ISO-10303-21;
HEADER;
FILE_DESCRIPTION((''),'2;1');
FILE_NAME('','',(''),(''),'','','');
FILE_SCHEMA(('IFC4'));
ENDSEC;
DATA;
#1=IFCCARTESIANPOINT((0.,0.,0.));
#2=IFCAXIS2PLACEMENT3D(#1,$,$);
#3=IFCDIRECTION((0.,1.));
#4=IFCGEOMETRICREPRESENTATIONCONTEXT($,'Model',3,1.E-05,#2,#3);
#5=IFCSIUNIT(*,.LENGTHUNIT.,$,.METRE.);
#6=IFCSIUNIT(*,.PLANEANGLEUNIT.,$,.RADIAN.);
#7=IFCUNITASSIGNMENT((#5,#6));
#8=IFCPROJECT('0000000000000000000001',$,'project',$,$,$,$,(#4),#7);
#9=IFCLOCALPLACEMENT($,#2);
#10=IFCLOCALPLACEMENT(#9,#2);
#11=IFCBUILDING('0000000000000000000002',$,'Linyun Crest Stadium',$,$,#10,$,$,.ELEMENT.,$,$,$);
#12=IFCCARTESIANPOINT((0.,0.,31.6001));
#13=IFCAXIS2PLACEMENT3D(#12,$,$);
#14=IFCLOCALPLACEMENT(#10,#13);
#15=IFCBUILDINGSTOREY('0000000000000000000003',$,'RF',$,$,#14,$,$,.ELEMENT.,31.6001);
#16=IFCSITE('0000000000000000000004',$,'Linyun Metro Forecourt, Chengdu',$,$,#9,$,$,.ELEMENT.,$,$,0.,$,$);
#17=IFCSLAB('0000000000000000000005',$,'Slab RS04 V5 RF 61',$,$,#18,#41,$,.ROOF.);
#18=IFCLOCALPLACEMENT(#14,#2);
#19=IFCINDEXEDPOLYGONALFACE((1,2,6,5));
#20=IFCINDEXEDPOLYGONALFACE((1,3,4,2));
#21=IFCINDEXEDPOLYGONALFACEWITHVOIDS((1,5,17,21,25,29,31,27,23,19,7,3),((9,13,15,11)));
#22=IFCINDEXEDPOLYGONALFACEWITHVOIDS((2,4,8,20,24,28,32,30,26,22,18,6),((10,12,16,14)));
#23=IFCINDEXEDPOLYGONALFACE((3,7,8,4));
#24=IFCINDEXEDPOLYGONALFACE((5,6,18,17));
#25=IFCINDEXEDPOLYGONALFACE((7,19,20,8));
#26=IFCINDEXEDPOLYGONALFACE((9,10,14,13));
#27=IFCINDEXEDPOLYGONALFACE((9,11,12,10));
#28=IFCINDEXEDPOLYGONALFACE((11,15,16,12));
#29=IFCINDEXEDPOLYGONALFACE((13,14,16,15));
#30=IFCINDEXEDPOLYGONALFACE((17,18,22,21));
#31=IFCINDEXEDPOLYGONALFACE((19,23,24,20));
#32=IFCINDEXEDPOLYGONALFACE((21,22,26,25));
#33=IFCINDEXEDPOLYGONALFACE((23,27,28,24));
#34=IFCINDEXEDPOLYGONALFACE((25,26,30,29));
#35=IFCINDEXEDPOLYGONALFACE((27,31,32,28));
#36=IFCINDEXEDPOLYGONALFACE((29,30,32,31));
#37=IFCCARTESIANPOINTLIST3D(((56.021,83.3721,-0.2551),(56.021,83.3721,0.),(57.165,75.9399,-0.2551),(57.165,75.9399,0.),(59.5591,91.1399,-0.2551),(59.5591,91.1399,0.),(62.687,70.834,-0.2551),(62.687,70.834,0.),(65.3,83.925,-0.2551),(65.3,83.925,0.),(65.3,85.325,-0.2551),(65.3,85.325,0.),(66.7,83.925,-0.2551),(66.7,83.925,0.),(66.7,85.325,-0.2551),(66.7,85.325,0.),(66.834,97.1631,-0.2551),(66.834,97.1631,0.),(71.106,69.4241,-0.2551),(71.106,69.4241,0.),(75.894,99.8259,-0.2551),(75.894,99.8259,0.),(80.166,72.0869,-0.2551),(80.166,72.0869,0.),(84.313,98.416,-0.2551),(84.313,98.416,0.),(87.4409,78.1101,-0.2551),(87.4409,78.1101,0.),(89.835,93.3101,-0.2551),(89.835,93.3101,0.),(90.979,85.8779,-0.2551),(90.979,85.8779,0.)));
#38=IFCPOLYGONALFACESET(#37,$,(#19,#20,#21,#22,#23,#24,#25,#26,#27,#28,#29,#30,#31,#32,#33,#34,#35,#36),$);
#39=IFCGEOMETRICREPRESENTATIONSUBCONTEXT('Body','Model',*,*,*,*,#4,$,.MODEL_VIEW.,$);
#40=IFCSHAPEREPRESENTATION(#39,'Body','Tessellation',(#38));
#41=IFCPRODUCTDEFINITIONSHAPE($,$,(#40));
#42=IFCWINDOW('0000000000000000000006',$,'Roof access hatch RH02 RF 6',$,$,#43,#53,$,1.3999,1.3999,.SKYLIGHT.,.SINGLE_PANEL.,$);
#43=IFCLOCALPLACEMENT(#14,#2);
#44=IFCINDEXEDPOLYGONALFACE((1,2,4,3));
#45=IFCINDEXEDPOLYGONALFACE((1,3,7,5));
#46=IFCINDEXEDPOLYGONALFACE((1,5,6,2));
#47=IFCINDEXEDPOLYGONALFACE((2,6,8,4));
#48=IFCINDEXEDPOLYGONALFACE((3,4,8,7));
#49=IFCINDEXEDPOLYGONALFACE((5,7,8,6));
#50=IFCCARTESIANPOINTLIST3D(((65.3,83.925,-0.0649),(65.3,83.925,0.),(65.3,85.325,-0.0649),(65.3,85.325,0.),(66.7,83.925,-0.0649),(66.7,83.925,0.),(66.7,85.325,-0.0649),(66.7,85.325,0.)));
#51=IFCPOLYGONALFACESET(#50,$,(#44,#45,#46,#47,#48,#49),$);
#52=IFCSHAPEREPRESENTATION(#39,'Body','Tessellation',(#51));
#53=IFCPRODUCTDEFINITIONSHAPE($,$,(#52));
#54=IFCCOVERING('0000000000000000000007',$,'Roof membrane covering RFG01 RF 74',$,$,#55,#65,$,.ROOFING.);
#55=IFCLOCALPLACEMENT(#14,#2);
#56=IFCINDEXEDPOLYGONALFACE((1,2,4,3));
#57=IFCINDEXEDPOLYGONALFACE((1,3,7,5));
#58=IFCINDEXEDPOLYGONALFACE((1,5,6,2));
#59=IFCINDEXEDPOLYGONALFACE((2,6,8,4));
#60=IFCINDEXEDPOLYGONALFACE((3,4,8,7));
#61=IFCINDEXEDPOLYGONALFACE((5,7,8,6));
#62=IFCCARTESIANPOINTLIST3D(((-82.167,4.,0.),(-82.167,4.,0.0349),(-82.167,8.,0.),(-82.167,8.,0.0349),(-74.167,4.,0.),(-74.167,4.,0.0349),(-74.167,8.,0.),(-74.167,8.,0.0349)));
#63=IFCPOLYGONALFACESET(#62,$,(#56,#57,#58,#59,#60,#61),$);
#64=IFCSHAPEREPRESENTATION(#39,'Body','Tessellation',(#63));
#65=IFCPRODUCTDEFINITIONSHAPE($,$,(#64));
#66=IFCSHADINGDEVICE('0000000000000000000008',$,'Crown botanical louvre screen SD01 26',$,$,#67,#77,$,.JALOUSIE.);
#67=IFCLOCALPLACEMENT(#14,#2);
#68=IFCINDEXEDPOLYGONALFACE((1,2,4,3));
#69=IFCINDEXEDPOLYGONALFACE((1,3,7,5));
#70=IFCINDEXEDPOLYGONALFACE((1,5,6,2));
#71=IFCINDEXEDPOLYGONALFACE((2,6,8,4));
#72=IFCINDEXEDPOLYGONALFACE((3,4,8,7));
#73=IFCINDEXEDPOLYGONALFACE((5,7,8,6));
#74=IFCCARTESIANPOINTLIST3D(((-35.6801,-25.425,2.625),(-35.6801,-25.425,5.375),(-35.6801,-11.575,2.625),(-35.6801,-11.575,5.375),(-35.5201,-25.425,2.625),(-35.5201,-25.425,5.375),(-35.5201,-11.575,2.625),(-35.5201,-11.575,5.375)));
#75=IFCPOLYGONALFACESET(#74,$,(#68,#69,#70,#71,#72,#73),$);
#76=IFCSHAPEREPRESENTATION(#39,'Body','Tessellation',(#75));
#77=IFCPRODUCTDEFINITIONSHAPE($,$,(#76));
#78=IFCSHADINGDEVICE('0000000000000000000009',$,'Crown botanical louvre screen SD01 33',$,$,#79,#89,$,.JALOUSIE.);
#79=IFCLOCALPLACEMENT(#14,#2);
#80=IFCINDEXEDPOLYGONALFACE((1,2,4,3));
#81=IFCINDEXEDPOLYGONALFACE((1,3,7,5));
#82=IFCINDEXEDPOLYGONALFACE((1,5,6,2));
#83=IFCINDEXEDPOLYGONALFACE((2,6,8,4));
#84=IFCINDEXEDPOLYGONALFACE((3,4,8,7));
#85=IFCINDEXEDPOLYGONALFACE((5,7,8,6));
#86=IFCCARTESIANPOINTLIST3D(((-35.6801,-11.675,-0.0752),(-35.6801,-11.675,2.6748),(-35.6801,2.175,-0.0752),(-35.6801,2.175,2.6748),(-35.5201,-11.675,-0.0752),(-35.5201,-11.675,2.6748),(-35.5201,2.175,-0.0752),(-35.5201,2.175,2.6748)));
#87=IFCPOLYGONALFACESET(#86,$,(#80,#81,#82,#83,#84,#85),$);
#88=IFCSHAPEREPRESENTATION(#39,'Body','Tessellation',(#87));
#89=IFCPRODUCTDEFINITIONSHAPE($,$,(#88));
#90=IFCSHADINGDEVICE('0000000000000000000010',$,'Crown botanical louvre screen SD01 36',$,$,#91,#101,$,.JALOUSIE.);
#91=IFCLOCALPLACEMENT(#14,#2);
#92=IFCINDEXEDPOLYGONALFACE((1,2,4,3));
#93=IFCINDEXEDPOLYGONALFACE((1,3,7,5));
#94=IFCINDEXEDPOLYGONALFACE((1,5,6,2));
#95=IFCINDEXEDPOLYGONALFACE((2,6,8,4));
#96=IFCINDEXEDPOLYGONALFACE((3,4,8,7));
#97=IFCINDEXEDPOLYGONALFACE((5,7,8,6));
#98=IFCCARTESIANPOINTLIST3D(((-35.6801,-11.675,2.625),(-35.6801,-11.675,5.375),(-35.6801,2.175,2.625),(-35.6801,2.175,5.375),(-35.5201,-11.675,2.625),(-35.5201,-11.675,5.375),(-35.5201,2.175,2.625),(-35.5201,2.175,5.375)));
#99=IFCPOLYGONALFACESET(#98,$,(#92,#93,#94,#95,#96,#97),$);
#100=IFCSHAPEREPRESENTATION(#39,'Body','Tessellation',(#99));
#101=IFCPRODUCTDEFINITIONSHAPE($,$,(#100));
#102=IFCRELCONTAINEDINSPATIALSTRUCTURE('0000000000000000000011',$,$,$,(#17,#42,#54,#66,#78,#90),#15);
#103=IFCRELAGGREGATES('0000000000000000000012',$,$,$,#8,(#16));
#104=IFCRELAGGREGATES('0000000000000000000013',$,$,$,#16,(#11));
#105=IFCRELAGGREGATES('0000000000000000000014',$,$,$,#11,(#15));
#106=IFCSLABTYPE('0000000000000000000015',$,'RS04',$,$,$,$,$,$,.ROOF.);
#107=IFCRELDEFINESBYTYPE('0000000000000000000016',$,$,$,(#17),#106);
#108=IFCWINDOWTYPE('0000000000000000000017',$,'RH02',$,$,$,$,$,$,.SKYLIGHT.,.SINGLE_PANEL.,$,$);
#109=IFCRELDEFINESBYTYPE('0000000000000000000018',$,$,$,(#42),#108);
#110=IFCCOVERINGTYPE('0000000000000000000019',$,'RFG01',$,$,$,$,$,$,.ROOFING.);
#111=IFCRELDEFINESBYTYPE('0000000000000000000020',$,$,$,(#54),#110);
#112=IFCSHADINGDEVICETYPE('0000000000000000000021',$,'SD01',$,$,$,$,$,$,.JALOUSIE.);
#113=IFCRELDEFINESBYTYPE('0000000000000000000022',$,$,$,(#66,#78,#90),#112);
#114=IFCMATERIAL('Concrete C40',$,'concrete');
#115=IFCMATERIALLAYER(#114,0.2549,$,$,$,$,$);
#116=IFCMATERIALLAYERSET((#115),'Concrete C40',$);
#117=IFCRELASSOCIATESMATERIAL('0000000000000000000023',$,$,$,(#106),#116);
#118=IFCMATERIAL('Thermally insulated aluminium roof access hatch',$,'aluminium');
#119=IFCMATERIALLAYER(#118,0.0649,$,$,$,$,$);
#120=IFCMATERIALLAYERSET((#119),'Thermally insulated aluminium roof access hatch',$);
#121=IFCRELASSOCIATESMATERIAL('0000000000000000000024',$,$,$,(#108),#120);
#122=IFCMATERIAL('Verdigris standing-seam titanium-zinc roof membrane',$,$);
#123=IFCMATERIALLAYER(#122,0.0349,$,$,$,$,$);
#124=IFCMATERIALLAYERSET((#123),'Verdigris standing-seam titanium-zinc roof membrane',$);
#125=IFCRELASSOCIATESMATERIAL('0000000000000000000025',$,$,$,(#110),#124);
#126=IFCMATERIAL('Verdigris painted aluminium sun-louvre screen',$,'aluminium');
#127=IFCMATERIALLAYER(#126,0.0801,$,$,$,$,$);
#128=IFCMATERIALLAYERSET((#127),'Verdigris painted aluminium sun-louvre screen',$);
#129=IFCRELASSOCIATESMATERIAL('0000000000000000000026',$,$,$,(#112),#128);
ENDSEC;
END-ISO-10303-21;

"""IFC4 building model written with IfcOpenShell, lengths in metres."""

from ifc_helpers import new_model, si_unit, direction, frame, origin, origin_2d, place, context, subcontext, project, spatial, polyline, rectangle, outline, extrude, material, layer, layer_set, type_object, element, fill, save


model = new_model("IFC4")

# Units and contexts
model_context = context("Model", 3, precision=1e-05, world=origin(), true_north=direction((0.0, 1.0)))
body_context = subcontext(model_context, "Body", "Model", "MODEL_VIEW")
ifc_project = project(units=[si_unit("LENGTHUNIT", "METRE"), si_unit("PLANEANGLEUNIT", "RADIAN")], contexts=[model_context])

# Site, building, storey
site_placement = place(None, origin())
site = spatial("IfcSite", under=ifc_project, at=site_placement, Name="Linyun Metro Forecourt, Chengdu", CompositionType="ELEMENT", RefElevation=0.0)
building_placement = place(site_placement, origin())
building = spatial("IfcBuilding", under=site, at=building_placement, Name="Linyun Crest Stadium", CompositionType="ELEMENT")
storey_placement = place(building_placement, frame((0.0, 0.0, 31.6001)))
storey = spatial("IfcBuildingStorey", under=building, at=storey_placement, Name="RF", CompositionType="ELEMENT", Elevation=31.6001)

# Slab, opening, window
ifc_material_1 = material(Name="Concrete C40", Category="concrete")
ifc_layer_1 = layer(ifc_material_1, 0.2549)
ifc_layer_set_1 = layer_set([ifc_layer_1], Name="Concrete C40")
slab_type_1 = type_object("IfcSlabType", Name="RS04", PredefinedType="ROOF", material=ifc_layer_set_1)
slab_1_placement = place(storey_placement, frame((0.0, 0.0, -0.2551)))
slab_1 = element("IfcSlab", 1, at=slab_1_placement, inside=storey, type_object=slab_type_1, Name="Slab RS04 V5 RF 61", PredefinedType="ROOF", context=body_context, shape_type="SweptSolid", body=[
    extrude(outline(polyline([(89.835, 93.3101), (84.313, 98.416), (75.894, 99.8259), (66.834, 97.1631), (59.5591, 91.1399), (56.021, 83.3721), (57.165, 75.9399), (62.687, 70.834), (71.106, 69.4241), (80.166, 72.0869), (87.4409, 78.1101), (90.979, 85.8779), (89.835, 93.3101)])), origin(), (0.0, 0.0, 1.0), 0.2551),
])
opening_1_placement = place(slab_1_placement, frame((66.0, 84.625, 0.0)))
opening_1 = element("IfcOpeningElement", 2, at=opening_1_placement, cuts=slab_1, PredefinedType="OPENING", context=body_context, shape_type="SweptSolid", body=[
    extrude(rectangle(XDim=1.3999, YDim=1.3999, at=origin_2d()), origin(), (0.0, 0.0, 1.0), 0.2551),
])
ifc_material_2 = material(Name="Thermally insulated aluminium roof access hatch", Category="aluminium")
ifc_layer_2 = layer(ifc_material_2, 0.0649)
ifc_layer_set_2 = layer_set([ifc_layer_2], Name="Thermally insulated aluminium roof access hatch")
window_type_1 = type_object("IfcWindowType", Name="RH02", PartitioningType="SINGLE_PANEL", PredefinedType="SKYLIGHT", material=ifc_layer_set_2)
window_1_placement = place(opening_1_placement, frame((0.0, 0.0, 0.1902)))
window_1 = element("IfcWindow", 3, at=window_1_placement, inside=storey, type_object=window_type_1, Name="Roof access hatch RH02 RF 6", OverallHeight=1.3999, OverallWidth=1.3999, PartitioningType="SINGLE_PANEL", PredefinedType="SKYLIGHT", context=body_context, shape_type="SweptSolid", body=[
    extrude(rectangle(XDim=1.3999, YDim=1.3999, at=origin_2d()), origin(), (0.0, 0.0, 1.0), 0.0649),
])
fill(opening_1, window_1)

# Covering
ifc_material_3 = material(Name="Verdigris standing-seam titanium-zinc roof membrane")
ifc_layer_3 = layer(ifc_material_3, 0.0349)
ifc_layer_set_3 = layer_set([ifc_layer_3], Name="Verdigris standing-seam titanium-zinc roof membrane")
covering_type = type_object("IfcCoveringType", Name="RFG01", PredefinedType="ROOFING", material=ifc_layer_set_3)
covering_placement = place(storey_placement, origin())
element("IfcCovering", 4, at=covering_placement, inside=storey, type_object=covering_type, Name="Roof membrane covering RFG01 RF 74", PredefinedType="ROOFING", context=body_context, shape_type="SweptSolid", body=[
    extrude(outline(polyline([(-82.167, 4.0), (-74.167, 4.0), (-74.167, 8.0), (-82.167, 8.0), (-82.167, 4.0)])), origin(), (0.0, 0.0, 1.0), 0.0349),
])

# Shading devices
ifc_material_4 = material(Name="Verdigris painted aluminium sun-louvre screen", Category="aluminium")
ifc_layer_4 = layer(ifc_material_4, 0.0801)
ifc_layer_set_4 = layer_set([ifc_layer_4], Name="Verdigris painted aluminium sun-louvre screen")
shading_device_type = type_object("IfcShadingDeviceType", Name="SD01", PredefinedType="JALOUSIE", material=ifc_layer_set_4)
for number, where, z_axis, x_axis, name in (
    (5, (-35.6001, -18.5, 2.625), (0.0, 0.0, 1.0), (1.0, 0.0, 0.0), "Crown botanical louvre screen SD01 26"),
    (6, (-35.6001, -4.75, -0.0752), (0.0, 0.0, 1.0), (1.0, 0.0, 0.0), "Crown botanical louvre screen SD01 33"),
    (7, (-35.6001, -4.75, 2.625), (0.0, 0.0, 1.0), (1.0, 0.0, 0.0), "Crown botanical louvre screen SD01 36"),
):
    element("IfcShadingDevice", number, at=place(storey_placement, frame(where, z_axis=z_axis, x_axis=x_axis)), inside=storey, type_object=shading_device_type, Name=name, PredefinedType="JALOUSIE", context=body_context, shape_type="SweptSolid", body=[
        extrude(rectangle(XDim=0.1599, YDim=13.8501, at=origin_2d()), origin(), (0.0, 0.0, 1.0), 2.75),
    ])

save(model, "model.ifc")
